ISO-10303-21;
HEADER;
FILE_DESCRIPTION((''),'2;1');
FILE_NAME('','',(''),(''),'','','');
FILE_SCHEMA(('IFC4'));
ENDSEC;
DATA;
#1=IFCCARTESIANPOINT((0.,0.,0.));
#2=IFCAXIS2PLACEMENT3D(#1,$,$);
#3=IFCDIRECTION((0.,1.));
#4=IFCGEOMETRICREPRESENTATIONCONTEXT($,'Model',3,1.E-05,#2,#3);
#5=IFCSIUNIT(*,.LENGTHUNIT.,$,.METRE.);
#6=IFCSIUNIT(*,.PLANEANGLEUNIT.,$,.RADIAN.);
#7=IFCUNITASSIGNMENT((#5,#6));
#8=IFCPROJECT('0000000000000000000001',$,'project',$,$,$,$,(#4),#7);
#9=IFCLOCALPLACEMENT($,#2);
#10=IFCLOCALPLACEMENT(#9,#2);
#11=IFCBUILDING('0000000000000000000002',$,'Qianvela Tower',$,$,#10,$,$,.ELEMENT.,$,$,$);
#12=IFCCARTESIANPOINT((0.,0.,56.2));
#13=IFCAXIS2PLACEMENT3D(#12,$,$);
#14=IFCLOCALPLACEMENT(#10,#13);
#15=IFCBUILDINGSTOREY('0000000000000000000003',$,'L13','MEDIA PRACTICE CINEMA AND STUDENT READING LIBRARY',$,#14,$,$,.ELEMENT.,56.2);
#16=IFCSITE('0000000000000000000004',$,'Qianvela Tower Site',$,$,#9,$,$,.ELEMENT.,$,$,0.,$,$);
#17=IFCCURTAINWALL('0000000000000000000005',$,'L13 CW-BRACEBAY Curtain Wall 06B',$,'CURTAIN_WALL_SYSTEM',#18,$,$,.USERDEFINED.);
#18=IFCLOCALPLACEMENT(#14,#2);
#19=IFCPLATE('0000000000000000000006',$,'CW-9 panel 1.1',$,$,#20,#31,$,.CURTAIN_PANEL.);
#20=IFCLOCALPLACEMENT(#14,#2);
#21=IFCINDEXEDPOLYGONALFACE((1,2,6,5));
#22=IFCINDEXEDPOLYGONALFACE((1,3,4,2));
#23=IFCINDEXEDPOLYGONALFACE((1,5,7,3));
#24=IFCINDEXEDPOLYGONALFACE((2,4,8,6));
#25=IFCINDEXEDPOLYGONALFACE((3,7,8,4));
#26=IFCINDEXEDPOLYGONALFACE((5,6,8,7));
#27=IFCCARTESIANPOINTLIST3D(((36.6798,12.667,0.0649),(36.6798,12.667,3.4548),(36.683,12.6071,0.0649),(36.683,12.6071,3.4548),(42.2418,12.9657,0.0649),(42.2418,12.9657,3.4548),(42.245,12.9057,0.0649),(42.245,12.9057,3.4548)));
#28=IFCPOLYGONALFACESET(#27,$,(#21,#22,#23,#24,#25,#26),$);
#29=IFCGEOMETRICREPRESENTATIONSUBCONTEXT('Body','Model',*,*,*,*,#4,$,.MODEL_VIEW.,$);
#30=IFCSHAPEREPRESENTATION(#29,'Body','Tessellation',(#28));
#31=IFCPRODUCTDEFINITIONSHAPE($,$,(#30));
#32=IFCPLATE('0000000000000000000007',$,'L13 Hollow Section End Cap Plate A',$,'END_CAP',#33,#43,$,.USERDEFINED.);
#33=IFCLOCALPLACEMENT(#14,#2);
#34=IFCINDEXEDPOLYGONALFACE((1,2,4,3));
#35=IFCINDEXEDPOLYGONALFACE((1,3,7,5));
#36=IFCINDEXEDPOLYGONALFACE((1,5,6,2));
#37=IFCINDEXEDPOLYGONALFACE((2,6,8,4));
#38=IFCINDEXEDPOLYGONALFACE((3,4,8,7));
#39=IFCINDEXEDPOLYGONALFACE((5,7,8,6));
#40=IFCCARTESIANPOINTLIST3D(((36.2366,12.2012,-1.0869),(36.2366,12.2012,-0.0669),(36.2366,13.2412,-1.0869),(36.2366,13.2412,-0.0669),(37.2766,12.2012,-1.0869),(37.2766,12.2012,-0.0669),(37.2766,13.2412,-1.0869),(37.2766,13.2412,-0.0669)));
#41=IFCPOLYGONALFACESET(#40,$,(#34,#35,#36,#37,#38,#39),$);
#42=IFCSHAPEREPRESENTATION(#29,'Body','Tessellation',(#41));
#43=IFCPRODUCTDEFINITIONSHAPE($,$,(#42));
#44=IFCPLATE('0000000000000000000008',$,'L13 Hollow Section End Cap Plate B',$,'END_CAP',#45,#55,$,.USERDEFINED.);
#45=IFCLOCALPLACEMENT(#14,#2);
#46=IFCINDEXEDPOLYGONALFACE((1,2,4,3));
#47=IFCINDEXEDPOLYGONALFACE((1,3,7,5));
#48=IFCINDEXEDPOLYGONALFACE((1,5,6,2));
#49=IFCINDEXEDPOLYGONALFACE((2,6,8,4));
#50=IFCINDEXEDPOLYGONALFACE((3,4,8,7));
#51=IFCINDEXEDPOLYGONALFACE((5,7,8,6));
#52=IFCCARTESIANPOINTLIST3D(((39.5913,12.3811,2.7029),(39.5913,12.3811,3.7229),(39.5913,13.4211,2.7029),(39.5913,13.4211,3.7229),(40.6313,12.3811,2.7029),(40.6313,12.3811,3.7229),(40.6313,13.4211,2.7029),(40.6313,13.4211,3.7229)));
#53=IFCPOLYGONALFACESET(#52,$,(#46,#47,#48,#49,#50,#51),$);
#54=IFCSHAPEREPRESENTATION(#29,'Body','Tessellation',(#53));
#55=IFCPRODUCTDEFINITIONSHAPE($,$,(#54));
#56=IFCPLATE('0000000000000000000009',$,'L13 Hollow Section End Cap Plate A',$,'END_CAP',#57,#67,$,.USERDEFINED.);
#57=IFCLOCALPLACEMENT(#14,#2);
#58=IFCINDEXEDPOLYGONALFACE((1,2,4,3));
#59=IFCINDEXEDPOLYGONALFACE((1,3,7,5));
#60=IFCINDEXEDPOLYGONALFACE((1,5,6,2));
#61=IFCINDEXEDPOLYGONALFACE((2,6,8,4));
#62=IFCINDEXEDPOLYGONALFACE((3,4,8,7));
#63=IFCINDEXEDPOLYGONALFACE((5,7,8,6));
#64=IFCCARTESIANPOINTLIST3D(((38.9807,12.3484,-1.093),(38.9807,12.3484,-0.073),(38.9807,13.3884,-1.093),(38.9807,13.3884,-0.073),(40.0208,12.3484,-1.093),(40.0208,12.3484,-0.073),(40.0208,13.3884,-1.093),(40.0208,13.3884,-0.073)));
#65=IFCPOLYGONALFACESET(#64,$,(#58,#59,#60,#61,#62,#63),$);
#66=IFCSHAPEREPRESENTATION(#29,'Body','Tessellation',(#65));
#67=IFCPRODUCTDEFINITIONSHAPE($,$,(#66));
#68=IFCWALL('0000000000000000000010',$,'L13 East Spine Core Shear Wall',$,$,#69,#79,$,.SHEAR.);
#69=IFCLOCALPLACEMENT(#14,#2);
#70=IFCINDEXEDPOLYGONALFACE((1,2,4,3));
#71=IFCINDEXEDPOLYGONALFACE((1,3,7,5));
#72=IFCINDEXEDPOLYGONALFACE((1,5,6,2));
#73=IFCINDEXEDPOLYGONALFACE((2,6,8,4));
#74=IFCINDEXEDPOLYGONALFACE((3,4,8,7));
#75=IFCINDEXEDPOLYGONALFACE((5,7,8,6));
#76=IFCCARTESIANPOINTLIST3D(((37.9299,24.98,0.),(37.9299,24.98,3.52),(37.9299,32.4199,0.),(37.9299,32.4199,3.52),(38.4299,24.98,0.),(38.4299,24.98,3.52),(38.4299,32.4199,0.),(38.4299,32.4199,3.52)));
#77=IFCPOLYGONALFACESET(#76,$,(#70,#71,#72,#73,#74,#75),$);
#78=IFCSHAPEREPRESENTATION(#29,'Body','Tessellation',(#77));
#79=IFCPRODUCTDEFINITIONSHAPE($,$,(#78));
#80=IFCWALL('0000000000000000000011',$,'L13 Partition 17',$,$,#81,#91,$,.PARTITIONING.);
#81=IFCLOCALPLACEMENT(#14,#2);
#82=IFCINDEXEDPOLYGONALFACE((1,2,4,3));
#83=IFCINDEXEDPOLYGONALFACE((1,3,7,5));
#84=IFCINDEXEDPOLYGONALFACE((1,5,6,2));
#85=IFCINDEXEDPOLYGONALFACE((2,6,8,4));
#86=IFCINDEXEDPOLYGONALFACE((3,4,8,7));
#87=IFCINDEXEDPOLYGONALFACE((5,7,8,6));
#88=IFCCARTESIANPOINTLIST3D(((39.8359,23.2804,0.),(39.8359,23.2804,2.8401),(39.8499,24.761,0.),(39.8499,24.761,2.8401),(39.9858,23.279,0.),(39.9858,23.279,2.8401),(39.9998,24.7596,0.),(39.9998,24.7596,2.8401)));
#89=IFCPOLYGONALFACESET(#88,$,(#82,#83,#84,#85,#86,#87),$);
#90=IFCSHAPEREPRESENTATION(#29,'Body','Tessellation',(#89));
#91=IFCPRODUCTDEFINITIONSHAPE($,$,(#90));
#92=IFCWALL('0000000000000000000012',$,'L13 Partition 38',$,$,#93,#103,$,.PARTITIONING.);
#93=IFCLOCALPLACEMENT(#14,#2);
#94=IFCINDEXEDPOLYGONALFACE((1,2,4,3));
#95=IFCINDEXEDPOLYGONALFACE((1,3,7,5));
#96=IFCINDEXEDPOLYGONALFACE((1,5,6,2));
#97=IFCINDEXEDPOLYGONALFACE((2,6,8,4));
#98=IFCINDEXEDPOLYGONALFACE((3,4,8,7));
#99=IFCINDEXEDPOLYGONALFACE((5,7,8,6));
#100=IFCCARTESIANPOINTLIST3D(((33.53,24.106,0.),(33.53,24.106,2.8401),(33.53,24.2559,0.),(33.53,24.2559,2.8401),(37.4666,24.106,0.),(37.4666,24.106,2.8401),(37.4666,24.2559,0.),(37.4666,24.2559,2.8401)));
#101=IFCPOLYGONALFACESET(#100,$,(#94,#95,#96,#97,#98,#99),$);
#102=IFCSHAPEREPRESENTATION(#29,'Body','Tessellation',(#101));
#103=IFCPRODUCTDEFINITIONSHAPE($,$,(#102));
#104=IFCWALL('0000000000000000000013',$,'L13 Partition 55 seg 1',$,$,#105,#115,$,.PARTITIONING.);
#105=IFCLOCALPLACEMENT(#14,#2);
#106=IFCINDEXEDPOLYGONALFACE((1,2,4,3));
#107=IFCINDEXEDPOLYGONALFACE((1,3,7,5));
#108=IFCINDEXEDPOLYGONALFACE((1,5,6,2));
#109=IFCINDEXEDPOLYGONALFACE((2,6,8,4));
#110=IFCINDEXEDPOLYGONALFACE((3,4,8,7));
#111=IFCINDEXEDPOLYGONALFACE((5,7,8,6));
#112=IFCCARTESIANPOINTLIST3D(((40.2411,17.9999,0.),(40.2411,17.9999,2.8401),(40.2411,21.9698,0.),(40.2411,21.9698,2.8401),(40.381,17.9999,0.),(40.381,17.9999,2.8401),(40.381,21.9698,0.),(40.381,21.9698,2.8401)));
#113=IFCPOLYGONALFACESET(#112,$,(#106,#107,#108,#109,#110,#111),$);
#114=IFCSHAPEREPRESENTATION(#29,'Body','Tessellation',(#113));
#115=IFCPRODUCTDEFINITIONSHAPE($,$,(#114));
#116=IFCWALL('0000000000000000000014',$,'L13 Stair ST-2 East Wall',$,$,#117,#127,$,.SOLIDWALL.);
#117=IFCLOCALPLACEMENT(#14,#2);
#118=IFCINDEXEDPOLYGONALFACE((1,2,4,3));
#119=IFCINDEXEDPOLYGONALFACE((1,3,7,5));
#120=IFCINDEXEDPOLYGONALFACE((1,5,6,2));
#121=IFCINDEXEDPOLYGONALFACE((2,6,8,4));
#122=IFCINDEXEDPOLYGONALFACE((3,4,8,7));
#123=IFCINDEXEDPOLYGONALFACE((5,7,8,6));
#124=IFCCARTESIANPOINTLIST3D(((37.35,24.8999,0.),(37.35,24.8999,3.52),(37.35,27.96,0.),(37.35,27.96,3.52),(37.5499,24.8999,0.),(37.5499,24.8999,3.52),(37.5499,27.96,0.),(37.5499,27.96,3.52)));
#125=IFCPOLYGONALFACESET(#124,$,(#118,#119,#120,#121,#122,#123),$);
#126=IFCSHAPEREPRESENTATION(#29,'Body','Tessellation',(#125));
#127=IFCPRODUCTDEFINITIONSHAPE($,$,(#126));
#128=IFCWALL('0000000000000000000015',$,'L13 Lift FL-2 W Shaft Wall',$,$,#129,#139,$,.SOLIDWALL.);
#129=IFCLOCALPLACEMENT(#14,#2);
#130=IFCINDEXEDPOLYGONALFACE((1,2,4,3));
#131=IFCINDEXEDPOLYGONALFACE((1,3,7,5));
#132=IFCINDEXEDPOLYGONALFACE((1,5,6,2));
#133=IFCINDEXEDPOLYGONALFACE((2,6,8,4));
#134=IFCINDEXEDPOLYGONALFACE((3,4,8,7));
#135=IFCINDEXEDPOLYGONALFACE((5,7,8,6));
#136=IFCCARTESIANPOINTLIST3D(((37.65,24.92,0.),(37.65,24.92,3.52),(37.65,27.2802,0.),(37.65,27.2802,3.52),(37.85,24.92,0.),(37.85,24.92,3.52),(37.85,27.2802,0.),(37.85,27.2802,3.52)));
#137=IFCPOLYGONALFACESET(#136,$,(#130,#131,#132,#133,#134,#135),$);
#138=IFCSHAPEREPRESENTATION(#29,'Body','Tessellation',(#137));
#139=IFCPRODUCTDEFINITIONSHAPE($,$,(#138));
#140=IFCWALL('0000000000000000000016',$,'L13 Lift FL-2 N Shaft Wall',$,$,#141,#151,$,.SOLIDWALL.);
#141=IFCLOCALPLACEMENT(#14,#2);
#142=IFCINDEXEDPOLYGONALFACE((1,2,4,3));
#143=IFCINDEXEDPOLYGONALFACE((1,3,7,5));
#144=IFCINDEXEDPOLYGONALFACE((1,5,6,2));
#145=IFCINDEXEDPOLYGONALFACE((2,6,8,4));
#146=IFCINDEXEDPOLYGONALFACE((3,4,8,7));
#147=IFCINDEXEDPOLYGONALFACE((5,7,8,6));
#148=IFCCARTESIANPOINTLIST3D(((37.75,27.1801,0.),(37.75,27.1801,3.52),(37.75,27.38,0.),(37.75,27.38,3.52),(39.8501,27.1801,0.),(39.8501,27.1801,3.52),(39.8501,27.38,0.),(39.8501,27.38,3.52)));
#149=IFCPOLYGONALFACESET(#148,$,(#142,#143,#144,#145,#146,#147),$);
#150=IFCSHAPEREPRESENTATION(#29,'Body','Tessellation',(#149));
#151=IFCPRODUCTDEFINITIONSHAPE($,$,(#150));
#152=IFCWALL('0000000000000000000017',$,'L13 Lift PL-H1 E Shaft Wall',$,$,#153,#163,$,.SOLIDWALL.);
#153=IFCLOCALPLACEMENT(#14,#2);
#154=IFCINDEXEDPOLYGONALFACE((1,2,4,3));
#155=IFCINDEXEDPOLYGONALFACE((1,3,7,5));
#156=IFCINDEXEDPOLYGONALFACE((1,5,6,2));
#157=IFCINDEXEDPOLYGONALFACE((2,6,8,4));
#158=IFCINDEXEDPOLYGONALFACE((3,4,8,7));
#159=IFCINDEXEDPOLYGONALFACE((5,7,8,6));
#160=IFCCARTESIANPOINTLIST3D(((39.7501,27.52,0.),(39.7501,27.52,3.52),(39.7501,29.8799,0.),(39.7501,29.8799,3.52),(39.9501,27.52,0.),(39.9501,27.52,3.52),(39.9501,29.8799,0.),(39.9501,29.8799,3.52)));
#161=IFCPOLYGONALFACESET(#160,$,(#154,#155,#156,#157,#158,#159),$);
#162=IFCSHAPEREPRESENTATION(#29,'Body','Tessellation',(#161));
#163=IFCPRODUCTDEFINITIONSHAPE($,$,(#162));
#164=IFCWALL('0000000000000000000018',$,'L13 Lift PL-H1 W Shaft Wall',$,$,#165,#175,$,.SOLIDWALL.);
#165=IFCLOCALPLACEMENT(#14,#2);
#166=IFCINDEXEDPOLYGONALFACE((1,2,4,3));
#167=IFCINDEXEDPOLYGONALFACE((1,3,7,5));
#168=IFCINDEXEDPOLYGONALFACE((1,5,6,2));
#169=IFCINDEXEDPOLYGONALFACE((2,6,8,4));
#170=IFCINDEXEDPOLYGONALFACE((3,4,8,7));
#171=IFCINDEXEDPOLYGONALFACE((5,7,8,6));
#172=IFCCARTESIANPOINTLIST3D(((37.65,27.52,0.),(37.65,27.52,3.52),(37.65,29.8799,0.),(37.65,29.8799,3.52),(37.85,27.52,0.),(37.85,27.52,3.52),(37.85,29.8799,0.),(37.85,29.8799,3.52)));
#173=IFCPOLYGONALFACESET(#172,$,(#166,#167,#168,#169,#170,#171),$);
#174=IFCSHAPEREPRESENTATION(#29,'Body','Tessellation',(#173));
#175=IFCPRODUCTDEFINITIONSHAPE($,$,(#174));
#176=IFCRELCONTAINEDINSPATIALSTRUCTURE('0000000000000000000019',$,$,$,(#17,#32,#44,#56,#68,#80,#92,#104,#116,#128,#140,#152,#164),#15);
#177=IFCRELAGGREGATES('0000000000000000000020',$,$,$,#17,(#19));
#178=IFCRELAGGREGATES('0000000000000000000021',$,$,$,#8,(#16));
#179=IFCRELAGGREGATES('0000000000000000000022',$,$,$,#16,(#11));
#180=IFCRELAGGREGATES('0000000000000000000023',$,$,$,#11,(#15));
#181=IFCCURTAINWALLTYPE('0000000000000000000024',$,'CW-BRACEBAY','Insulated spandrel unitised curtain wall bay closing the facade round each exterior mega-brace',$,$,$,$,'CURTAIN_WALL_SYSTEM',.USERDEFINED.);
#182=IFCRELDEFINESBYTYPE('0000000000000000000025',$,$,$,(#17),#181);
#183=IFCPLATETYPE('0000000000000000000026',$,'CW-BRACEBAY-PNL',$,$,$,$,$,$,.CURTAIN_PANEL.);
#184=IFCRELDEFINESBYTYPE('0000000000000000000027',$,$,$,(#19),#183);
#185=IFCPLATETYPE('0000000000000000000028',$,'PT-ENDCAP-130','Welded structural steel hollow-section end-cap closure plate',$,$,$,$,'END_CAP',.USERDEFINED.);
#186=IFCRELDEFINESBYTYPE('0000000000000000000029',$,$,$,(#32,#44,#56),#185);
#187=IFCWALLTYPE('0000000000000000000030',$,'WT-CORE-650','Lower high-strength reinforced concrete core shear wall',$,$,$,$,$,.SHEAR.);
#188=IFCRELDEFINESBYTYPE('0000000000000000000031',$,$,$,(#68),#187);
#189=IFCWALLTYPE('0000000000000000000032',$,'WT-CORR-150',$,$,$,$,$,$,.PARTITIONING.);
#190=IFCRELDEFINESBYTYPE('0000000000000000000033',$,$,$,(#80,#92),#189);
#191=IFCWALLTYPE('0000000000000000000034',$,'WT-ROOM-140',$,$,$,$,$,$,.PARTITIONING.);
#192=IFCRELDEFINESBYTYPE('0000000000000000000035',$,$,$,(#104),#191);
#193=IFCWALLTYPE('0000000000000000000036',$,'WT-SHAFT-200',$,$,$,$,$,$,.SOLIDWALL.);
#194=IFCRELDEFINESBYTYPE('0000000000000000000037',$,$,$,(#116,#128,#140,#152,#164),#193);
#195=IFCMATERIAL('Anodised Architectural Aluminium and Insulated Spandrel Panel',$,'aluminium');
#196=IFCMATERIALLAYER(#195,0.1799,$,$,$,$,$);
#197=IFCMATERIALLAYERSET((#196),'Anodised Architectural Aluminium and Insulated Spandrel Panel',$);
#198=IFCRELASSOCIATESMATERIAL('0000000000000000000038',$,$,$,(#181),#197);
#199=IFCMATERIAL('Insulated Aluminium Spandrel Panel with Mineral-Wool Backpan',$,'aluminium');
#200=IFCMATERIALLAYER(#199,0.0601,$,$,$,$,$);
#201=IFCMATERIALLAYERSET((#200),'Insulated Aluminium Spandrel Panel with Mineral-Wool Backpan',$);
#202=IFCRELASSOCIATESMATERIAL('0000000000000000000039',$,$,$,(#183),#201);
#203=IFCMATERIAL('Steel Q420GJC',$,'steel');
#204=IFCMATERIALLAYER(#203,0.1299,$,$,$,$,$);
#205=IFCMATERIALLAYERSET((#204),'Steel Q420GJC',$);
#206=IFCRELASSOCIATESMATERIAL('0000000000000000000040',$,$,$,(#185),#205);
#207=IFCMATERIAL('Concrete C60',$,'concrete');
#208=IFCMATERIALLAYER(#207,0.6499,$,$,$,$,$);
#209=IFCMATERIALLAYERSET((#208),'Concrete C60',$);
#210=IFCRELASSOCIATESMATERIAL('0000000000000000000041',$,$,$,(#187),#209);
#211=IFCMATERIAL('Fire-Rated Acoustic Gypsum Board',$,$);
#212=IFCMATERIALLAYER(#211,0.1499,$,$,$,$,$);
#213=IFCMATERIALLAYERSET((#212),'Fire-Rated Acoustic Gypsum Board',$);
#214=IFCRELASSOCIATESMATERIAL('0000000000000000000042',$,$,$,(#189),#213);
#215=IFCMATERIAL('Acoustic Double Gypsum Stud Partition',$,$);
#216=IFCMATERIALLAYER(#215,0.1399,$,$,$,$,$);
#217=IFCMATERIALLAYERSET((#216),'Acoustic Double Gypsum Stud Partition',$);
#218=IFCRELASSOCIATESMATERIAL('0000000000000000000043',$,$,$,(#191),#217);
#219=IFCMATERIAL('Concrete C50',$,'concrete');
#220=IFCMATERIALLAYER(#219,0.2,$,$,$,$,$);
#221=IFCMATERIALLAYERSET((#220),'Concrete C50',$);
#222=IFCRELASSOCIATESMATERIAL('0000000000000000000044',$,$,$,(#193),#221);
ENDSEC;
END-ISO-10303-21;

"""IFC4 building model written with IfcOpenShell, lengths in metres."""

from ifc_helpers import new_model, si_unit, direction, frame, frame_2d, origin, origin_2d, place, context, subcontext, project, spatial, rectangle, extrude, material, layer, layer_set, type_object, element, aggregate, save


model = new_model("IFC4")

# Units and contexts
model_context = context("Model", 3, precision=1e-05, world=origin(), true_north=direction((0.0, 1.0)))
body_context = subcontext(model_context, "Body", "Model", "MODEL_VIEW")
ifc_project = project(units=[si_unit("LENGTHUNIT", "METRE"), si_unit("PLANEANGLEUNIT", "RADIAN")], contexts=[model_context])

# Site, building, storey
site_placement = place(None, origin())
site = spatial("IfcSite", under=ifc_project, at=site_placement, Name="Qianvela Tower Site", CompositionType="ELEMENT", RefElevation=0.0)
building_placement = place(site_placement, origin())
building = spatial("IfcBuilding", under=site, at=building_placement, Name="Qianvela Tower", CompositionType="ELEMENT")
storey_placement = place(building_placement, frame((0.0, 0.0, 56.2)))
storey = spatial("IfcBuildingStorey", under=building, at=storey_placement, Name="L13", Description="MEDIA PRACTICE CINEMA AND STUDENT READING LIBRARY", CompositionType="ELEMENT", Elevation=56.2)

# Curtain wall
ifc_material_1 = material(Name="Anodised Architectural Aluminium and Insulated Spandrel Panel", Category="aluminium")
ifc_layer_1 = layer(ifc_material_1, 0.1799)
ifc_layer_set_1 = layer_set([ifc_layer_1], Name="Anodised Architectural Aluminium and Insulated Spandrel Panel")
curtain_wall_type_1 = type_object("IfcCurtainWallType", Name="CW-BRACEBAY", Description="Insulated spandrel unitised curtain wall bay closing the facade round each exterior mega-brace", ElementType="CURTAIN_WALL_SYSTEM", PredefinedType="USERDEFINED", material=ifc_layer_set_1)
curtain_wall_1_placement = place(storey_placement, origin())
curtain_wall_1 = element("IfcCurtainWall", 1, at=curtain_wall_1_placement, inside=storey, type_object=curtain_wall_type_1, Name="L13 CW-BRACEBAY Curtain Wall 06B", ObjectType="CURTAIN_WALL_SYSTEM", PredefinedType="USERDEFINED")

# Plate
ifc_material_2 = material(Name="Insulated Aluminium Spandrel Panel with Mineral-Wool Backpan", Category="aluminium")
ifc_layer_2 = layer(ifc_material_2, 0.0601)
ifc_layer_set_2 = layer_set([ifc_layer_2], Name="Insulated Aluminium Spandrel Panel with Mineral-Wool Backpan")
plate_type_1 = type_object("IfcPlateType", Name="CW-BRACEBAY-PNL", PredefinedType="CURTAIN_PANEL", material=ifc_layer_set_2)
plate_placement = place(storey_placement, frame((39.4624, 12.7864, 0.0649), z_axis=(0.0, 0.0, 1.0), x_axis=(0.998562, 0.053614, 0.0)))
plate = element("IfcPlate", 2, at=plate_placement, type_object=plate_type_1, Name="CW-9 panel 1.1", PredefinedType="CURTAIN_PANEL", context=body_context, shape_type="SweptSolid", body=[
    extrude(rectangle(XDim=5.5701, YDim=0.0601, at=origin_2d()), origin(), (0.0, 0.0, 1.0), 3.3899),
])
aggregate(curtain_wall_1, [plate])

# Plates
ifc_material_3 = material(Name="Steel Q420GJC", Category="steel")
ifc_layer_3 = layer(ifc_material_3, 0.1299)
ifc_layer_set_3 = layer_set([ifc_layer_3], Name="Steel Q420GJC")
plate_type_2 = type_object("IfcPlateType", Name="PT-ENDCAP-130", Description="Welded structural steel hollow-section end-cap closure plate", ElementType="END_CAP", PredefinedType="USERDEFINED", material=ifc_layer_set_3)
for number, where, z_axis, x_axis, name in (
    (3, (36.7566, 12.7212, -1.0869), (0.0, 0.0, 1.0), (1.0, 0.0, 0.0), "L13 Hollow Section End Cap Plate A"),
    (4, (40.1113, 12.9011, 2.7029), (0.0, 0.0, 1.0), (1.0, 0.0, 0.0), "L13 Hollow Section End Cap Plate B"),
    (5, (39.5007, 12.8684, -1.093), (0.0, 0.0, 1.0), (1.0, 0.0, 0.0), "L13 Hollow Section End Cap Plate A"),
):
    element("IfcPlate", number, at=place(storey_placement, frame(where, z_axis=z_axis, x_axis=x_axis)), inside=storey, type_object=plate_type_2, Name=name, ObjectType="END_CAP", PredefinedType="USERDEFINED", context=body_context, shape_type="SweptSolid", body=[
        extrude(rectangle(XDim=1.04, YDim=1.04, at=origin_2d()), origin(), (0.0, 0.0, 1.0), 1.02),
    ])

# Walls
ifc_material_4 = material(Name="Concrete C60", Category="concrete")
ifc_layer_4 = layer(ifc_material_4, 0.6499)
ifc_layer_set_4 = layer_set([ifc_layer_4], Name="Concrete C60")
wall_type_1 = type_object("IfcWallType", Name="WT-CORE-650", Description="Lower high-strength reinforced concrete core shear wall", PredefinedType="SHEAR", material=ifc_layer_set_4)
wall_1_placement = place(storey_placement, frame((38.1799, 24.98, 0.0), z_axis=(0.0, 0.0, 1.0), x_axis=(0.0, 1.0, 0.0)))
element("IfcWall", 6, at=wall_1_placement, inside=storey, type_object=wall_type_1, Name="L13 East Spine Core Shear Wall", PredefinedType="SHEAR", context=body_context, shape_type="SweptSolid", body=[
    extrude(rectangle(XDim=7.4399, YDim=0.5, at=frame_2d((3.72, 0.0))), origin(), (0.0, 0.0, 1.0), 3.52),
])
ifc_material_5 = material(Name="Fire-Rated Acoustic Gypsum Board")
ifc_layer_5 = layer(ifc_material_5, 0.1499)
ifc_layer_set_5 = layer_set([ifc_layer_5], Name="Fire-Rated Acoustic Gypsum Board")
wall_type_2 = type_object("IfcWallType", Name="WT-CORR-150", PredefinedType="PARTITIONING", material=ifc_layer_set_5)
wall_2_placement = place(storey_placement, frame((39.9109, 23.2798, 0.0), z_axis=(0.0, 0.0, 1.0), x_axis=(0.009398, 0.999956, 0.0)))
element("IfcWall", 7, at=wall_2_placement, inside=storey, type_object=wall_type_2, Name="L13 Partition 17", PredefinedType="PARTITIONING", context=body_context, shape_type="SweptSolid", body=[
    extrude(rectangle(XDim=1.4807, YDim=0.1499, at=frame_2d((0.7402, 0.0))), origin(), (0.0, 0.0, 1.0), 2.8401),
])
wall_3_placement = place(storey_placement, frame((37.4666, 24.1809, 0.0), z_axis=(0.0, 0.0, 1.0), x_axis=(-1.0, 0.0, 0.0)))
element("IfcWall", 8, at=wall_3_placement, inside=storey, type_object=wall_type_2, Name="L13 Partition 38", PredefinedType="PARTITIONING", context=body_context, shape_type="SweptSolid", body=[
    extrude(rectangle(XDim=3.9365, YDim=0.1499, at=frame_2d((1.9683, 0.0))), origin(), (0.0, 0.0, 1.0), 2.8401),
])
ifc_material_6 = material(Name="Acoustic Double Gypsum Stud Partition")
ifc_layer_6 = layer(ifc_material_6, 0.1399)
ifc_layer_set_6 = layer_set([ifc_layer_6], Name="Acoustic Double Gypsum Stud Partition")
wall_type_3 = type_object("IfcWallType", Name="WT-ROOM-140", PredefinedType="PARTITIONING", material=ifc_layer_set_6)
wall_4_placement = place(storey_placement, frame((40.311, 18.0, 0.0), z_axis=(0.0, 0.0, 1.0), x_axis=(0.0, 1.0, 0.0)))
element("IfcWall", 9, at=wall_4_placement, inside=storey, type_object=wall_type_3, Name="L13 Partition 55 seg 1", PredefinedType="PARTITIONING", context=body_context, shape_type="SweptSolid", body=[
    extrude(rectangle(XDim=3.97, YDim=0.1399, at=frame_2d((1.9849, 0.0))), origin(), (0.0, 0.0, 1.0), 2.8401),
])
ifc_material_7 = material(Name="Concrete C50", Category="concrete")
ifc_layer_7 = layer(ifc_material_7, 0.2)
ifc_layer_set_7 = layer_set([ifc_layer_7], Name="Concrete C50")
wall_type_4 = type_object("IfcWallType", Name="WT-SHAFT-200", PredefinedType="SOLIDWALL", material=ifc_layer_set_7)
wall_5_placement = place(storey_placement, frame((37.45, 24.8999, 0.0), z_axis=(0.0, 0.0, 1.0), x_axis=(0.0, 1.0, 0.0)))
element("IfcWall", 10, at=wall_5_placement, inside=storey, type_object=wall_type_4, Name="L13 Stair ST-2 East Wall", PredefinedType="SOLIDWALL", context=body_context, shape_type="SweptSolid", body=[
    extrude(rectangle(XDim=3.0601, YDim=0.2, at=frame_2d((1.53, 0.0))), origin(), (0.0, 0.0, 1.0), 3.52),
])

# Walls
wall_6_placement = place(storey_placement, frame((37.75, 24.9199, 0.0), z_axis=(0.0, 0.0, 1.0), x_axis=(0.0, 1.0, 0.0)))
element("IfcWall", 11, at=wall_6_placement, inside=storey, type_object=wall_type_4, Name="L13 Lift FL-2 W Shaft Wall", PredefinedType="SOLIDWALL", context=body_context, shape_type="SweptSolid", body=[
    extrude(rectangle(XDim=2.3601, YDim=0.2, at=frame_2d((1.1802, 0.0))), origin(), (0.0, 0.0, 1.0), 3.52),
])
wall_7_placement = place(storey_placement, frame((37.75, 27.28, 0.0), z_axis=(0.0, 0.0, 1.0), x_axis=(1.0, 0.0, 0.0)))
element("IfcWall", 12, at=wall_7_placement, inside=storey, type_object=wall_type_4, Name="L13 Lift FL-2 N Shaft Wall", PredefinedType="SOLIDWALL", context=body_context, shape_type="SweptSolid", body=[
    extrude(rectangle(XDim=2.1001, YDim=0.2, at=frame_2d((1.05, 0.0))), origin(), (0.0, 0.0, 1.0), 3.52),
])
for number, where, z_axis, x_axis, name in (
    (13, (39.8501, 27.52, 0.0), (0.0, 0.0, 1.0), (0.0, 1.0, 0.0), "L13 Lift PL-H1 E Shaft Wall"),
    (14, (37.75, 27.52, 0.0), (0.0, 0.0, 1.0), (0.0, 1.0, 0.0), "L13 Lift PL-H1 W Shaft Wall"),
):
    element("IfcWall", number, at=place(storey_placement, frame(where, z_axis=z_axis, x_axis=x_axis)), inside=storey, type_object=wall_type_4, Name=name, PredefinedType="SOLIDWALL", context=body_context, shape_type="SweptSolid", body=[
        extrude(rectangle(XDim=2.3599, YDim=0.2, at=frame_2d((1.1799, 0.0))), origin(), (0.0, 0.0, 1.0), 3.52),
    ])

save(model, "model.ifc")
